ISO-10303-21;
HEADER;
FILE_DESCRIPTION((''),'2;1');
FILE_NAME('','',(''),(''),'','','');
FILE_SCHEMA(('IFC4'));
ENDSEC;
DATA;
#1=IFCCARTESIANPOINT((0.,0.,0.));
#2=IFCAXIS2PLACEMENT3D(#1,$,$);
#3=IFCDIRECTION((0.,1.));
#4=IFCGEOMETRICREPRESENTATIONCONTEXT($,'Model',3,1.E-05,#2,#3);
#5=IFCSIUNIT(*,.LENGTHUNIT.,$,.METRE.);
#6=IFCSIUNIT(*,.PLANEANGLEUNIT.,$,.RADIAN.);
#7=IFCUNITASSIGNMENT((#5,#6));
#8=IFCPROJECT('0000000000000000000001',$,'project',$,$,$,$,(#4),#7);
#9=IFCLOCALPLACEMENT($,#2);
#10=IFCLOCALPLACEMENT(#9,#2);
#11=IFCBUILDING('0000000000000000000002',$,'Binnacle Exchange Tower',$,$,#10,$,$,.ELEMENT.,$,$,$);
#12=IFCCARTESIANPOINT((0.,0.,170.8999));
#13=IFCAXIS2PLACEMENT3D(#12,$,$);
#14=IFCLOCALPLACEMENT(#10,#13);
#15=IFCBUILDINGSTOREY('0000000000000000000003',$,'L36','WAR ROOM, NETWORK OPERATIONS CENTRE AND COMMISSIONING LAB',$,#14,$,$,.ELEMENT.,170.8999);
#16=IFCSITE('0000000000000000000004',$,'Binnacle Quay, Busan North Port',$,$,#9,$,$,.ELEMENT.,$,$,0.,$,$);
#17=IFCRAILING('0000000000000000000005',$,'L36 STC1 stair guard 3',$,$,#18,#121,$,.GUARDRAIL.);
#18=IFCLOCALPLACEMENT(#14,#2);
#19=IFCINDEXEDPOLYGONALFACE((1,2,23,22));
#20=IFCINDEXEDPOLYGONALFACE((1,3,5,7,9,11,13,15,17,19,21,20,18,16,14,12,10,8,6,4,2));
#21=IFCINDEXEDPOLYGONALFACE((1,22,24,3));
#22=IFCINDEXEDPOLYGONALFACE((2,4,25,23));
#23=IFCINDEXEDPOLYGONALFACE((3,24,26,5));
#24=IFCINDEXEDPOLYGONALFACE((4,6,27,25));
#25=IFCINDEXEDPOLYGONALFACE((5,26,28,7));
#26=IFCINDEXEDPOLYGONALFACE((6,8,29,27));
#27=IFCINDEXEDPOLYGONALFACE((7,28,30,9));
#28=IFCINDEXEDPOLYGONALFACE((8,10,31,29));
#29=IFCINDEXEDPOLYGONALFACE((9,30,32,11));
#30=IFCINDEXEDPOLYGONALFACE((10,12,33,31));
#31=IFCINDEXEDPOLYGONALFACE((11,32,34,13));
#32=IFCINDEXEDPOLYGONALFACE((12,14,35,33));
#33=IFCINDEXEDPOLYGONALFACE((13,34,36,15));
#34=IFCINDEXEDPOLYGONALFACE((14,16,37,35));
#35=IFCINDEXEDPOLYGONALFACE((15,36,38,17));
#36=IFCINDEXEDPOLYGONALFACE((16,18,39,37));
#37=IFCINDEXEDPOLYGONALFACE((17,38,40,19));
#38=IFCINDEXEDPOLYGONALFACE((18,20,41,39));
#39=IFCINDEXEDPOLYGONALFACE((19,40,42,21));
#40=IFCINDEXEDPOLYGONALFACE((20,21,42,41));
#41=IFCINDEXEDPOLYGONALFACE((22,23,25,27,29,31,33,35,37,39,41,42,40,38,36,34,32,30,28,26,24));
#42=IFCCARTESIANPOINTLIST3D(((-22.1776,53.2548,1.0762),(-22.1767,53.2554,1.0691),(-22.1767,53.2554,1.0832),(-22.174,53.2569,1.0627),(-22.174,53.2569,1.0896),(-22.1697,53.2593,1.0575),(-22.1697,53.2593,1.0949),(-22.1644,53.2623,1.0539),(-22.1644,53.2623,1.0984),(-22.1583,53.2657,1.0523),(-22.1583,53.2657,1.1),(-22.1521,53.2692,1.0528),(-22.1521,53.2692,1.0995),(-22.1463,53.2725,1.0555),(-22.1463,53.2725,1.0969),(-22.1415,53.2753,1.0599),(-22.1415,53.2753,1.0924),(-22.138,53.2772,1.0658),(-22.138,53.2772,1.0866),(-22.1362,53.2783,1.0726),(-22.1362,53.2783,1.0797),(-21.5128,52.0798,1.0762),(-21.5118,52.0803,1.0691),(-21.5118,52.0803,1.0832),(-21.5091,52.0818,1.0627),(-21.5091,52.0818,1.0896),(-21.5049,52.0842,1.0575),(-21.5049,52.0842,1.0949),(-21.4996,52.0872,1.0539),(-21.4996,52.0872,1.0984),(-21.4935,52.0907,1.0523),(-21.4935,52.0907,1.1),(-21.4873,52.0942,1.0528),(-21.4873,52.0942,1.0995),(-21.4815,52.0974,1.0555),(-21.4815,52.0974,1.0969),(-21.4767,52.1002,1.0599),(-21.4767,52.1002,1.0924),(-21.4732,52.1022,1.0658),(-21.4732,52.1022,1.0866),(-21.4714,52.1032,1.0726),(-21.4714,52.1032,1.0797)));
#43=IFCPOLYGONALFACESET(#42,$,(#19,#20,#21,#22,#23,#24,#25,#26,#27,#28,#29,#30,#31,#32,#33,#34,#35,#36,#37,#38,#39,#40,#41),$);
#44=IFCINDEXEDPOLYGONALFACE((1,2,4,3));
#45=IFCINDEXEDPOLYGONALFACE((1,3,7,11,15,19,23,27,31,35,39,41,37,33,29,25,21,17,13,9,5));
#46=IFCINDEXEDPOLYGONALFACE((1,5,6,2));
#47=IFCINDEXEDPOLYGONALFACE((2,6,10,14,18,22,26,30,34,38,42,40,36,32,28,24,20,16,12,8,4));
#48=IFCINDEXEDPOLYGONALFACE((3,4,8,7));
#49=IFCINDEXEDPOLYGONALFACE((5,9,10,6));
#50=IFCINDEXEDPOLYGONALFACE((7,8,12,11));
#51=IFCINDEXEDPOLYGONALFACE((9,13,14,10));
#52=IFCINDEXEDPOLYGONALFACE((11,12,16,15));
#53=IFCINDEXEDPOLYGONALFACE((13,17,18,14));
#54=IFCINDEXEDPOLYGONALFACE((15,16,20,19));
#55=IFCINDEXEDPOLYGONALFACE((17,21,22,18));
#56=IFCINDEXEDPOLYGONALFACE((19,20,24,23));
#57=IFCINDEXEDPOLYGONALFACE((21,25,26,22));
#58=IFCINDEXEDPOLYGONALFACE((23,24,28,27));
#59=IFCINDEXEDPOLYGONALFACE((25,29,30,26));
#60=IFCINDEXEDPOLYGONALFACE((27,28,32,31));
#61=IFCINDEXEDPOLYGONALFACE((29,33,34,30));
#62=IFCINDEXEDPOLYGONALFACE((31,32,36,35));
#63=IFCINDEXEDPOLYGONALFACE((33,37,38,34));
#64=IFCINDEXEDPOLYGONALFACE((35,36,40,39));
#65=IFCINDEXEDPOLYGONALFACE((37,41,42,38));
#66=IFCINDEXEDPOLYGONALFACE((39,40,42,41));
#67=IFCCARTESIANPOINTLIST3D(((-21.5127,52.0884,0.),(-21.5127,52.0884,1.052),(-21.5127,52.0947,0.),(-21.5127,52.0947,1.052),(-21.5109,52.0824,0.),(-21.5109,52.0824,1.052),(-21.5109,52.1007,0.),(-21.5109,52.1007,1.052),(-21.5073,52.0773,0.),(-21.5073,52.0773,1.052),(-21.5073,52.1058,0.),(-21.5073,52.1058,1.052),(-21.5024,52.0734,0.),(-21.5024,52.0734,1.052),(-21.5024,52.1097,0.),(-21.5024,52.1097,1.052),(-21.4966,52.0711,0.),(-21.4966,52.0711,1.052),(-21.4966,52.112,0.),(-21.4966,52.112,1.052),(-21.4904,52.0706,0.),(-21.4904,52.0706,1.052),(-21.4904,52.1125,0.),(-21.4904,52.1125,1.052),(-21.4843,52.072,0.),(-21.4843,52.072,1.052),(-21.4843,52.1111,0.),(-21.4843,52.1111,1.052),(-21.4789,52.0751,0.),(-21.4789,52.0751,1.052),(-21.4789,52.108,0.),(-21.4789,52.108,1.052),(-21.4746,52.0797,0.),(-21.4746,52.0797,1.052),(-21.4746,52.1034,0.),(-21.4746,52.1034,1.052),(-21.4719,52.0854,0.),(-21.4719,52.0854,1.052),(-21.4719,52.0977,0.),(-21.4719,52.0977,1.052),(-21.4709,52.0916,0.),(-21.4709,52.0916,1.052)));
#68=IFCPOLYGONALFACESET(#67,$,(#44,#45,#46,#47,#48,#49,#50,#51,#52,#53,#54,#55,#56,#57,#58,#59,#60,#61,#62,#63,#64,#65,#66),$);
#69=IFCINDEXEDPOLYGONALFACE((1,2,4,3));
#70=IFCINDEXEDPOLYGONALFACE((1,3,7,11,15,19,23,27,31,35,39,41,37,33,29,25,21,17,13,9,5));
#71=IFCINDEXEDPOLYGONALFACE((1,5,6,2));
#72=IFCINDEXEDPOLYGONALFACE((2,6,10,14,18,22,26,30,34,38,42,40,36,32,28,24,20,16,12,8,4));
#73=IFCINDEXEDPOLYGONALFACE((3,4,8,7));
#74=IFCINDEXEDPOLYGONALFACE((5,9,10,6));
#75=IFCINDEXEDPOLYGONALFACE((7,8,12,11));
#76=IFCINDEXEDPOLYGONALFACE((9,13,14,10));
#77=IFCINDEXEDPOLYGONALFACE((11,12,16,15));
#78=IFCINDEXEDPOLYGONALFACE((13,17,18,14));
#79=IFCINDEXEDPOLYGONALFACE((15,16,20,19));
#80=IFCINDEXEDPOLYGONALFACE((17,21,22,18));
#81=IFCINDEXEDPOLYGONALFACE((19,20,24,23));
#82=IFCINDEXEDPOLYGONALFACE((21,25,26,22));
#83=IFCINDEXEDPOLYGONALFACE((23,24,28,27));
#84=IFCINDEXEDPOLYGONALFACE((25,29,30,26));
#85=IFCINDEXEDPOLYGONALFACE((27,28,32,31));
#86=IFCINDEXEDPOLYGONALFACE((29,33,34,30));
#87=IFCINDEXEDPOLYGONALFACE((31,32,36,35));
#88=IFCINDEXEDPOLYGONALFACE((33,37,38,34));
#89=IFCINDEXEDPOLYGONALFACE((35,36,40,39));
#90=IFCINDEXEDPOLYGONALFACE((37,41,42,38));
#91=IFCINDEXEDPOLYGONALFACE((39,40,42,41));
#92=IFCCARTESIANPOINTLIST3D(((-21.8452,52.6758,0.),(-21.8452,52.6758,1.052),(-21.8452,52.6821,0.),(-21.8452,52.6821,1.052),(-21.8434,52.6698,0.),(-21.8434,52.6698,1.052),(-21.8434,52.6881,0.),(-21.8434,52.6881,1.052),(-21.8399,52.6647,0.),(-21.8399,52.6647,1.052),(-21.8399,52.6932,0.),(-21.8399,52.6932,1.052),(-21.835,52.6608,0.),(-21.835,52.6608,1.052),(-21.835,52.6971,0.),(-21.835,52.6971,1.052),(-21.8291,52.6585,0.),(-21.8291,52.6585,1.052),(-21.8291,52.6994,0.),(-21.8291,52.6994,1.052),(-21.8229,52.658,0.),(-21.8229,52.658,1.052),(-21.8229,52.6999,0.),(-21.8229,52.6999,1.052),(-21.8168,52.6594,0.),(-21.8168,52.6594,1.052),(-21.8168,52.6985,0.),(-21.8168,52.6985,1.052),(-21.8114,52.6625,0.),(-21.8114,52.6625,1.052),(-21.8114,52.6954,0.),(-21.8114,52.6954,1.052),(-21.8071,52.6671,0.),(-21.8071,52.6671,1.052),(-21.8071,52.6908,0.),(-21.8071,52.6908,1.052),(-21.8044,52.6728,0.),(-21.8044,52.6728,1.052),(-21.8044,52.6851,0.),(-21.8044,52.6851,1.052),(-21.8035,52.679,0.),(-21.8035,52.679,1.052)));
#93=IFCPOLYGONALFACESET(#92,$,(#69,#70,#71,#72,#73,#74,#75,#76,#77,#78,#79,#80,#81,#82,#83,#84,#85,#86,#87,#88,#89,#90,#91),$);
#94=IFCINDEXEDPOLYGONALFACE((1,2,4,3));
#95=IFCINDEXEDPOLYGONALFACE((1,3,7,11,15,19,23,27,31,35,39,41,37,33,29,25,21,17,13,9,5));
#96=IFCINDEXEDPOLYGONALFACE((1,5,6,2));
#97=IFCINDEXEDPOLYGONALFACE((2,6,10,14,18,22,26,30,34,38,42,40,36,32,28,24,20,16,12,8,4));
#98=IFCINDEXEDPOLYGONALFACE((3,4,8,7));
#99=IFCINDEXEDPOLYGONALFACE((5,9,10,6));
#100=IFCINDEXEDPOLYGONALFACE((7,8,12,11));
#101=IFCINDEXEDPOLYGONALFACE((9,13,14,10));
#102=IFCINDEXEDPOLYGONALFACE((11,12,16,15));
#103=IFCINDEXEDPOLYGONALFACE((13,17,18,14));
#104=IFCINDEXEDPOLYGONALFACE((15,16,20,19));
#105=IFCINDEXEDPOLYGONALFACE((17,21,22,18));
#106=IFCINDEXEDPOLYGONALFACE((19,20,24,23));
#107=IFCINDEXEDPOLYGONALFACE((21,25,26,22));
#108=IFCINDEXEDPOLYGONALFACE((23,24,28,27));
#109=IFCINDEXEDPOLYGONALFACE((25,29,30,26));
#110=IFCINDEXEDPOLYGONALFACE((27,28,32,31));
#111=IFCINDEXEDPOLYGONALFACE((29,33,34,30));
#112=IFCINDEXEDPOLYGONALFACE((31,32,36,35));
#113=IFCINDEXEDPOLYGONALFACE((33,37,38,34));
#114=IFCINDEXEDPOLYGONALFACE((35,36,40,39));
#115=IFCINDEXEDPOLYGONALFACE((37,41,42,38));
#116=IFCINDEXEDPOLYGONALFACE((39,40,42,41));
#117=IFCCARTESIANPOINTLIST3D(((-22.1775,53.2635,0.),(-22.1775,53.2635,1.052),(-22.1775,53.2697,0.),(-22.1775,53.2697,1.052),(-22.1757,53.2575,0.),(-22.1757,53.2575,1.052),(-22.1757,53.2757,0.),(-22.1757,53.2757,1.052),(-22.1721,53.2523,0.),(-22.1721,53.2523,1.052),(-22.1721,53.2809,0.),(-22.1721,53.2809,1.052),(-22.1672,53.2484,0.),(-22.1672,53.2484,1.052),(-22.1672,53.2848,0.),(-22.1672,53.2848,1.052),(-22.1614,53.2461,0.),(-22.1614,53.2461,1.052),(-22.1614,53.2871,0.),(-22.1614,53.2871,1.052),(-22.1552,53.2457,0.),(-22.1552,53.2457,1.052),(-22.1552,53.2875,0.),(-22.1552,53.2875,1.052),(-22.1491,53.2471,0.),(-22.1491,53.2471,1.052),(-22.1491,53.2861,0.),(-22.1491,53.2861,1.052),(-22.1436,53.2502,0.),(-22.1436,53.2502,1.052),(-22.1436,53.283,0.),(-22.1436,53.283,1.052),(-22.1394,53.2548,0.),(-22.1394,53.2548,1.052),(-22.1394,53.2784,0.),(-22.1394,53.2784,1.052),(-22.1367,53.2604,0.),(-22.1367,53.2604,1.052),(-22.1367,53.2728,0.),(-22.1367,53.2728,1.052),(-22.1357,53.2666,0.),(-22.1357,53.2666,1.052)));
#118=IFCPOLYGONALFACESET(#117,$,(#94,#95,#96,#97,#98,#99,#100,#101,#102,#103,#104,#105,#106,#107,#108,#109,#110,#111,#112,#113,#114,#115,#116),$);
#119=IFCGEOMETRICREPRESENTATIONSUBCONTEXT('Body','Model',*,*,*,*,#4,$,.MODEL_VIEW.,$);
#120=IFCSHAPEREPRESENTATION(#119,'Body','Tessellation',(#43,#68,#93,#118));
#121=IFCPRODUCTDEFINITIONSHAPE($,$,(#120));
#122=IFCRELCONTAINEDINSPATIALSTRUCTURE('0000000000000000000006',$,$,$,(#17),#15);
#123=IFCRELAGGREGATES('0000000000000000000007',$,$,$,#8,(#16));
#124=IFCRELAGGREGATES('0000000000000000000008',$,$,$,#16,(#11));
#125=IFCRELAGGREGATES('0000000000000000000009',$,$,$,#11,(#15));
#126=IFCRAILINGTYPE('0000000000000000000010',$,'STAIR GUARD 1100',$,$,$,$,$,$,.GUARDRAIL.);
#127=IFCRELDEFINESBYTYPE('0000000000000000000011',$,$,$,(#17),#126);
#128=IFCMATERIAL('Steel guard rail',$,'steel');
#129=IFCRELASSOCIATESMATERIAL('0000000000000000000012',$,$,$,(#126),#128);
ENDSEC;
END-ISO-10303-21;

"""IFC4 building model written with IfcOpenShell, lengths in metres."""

from ifc_helpers import new_model, si_unit, direction, frame, origin, origin_2d, place, context, subcontext, project, spatial, circle, extrude, material, type_object, element, save


model = new_model("IFC4")

# Units and contexts
model_context = context("Model", 3, precision=1e-05, world=origin(), true_north=direction((0.0, 1.0)))
body_context = subcontext(model_context, "Body", "Model", "MODEL_VIEW")
ifc_project = project(units=[si_unit("LENGTHUNIT", "METRE"), si_unit("PLANEANGLEUNIT", "RADIAN")], contexts=[model_context])

# Site, building, storey
site_placement = place(None, origin())
site = spatial("IfcSite", under=ifc_project, at=site_placement, Name="Binnacle Quay, Busan North Port", CompositionType="ELEMENT", RefElevation=0.0)
building_placement = place(site_placement, origin())
building = spatial("IfcBuilding", under=site, at=building_placement, Name="Binnacle Exchange Tower", CompositionType="ELEMENT")
storey_placement = place(building_placement, frame((0.0, 0.0, 170.8999)))
storey = spatial("IfcBuildingStorey", under=building, at=storey_placement, Name="L36", Description="WAR ROOM, NETWORK OPERATIONS CENTRE AND COMMISSIONING LAB", CompositionType="ELEMENT", Elevation=170.8999)

# Railing
ifc_material_1 = material(Name="Steel guard rail", Category="steel")
railing_type_1 = type_object("IfcRailingType", Name="STAIR GUARD 1100", PredefinedType="GUARDRAIL", material=ifc_material_1)
railing_1_placement = place(storey_placement, frame((-21.4919, 52.0916, 0.0)))
element("IfcRailing", 1, at=railing_1_placement, inside=storey, type_object=railing_type_1, Name="L36 STC1 stair guard 3", PredefinedType="GUARDRAIL", context=body_context, shape_type="SweptSolid", body=[
    extrude(circle(Radius=0.0239, at=origin_2d()), frame((0.0, 0.0, 1.0762), z_axis=(-0.492415, 0.870361, 0.0), x_axis=(-0.870361, -0.492415, 0.0)), (0.0, 0.0, 1.0), 1.3501),
    extrude(circle(Radius=0.021, at=origin_2d()), origin(), (0.0, 0.0, 1.0), 1.052),
    extrude(circle(Radius=0.021, at=origin_2d()), frame((-0.3325, 0.5874, 0.0)), (0.0, 0.0, 1.0), 1.052),
    extrude(circle(Radius=0.021, at=origin_2d()), frame((-0.6648, 1.175, 0.0)), (0.0, 0.0, 1.0), 1.052),
])

save(model, "model.ifc")
